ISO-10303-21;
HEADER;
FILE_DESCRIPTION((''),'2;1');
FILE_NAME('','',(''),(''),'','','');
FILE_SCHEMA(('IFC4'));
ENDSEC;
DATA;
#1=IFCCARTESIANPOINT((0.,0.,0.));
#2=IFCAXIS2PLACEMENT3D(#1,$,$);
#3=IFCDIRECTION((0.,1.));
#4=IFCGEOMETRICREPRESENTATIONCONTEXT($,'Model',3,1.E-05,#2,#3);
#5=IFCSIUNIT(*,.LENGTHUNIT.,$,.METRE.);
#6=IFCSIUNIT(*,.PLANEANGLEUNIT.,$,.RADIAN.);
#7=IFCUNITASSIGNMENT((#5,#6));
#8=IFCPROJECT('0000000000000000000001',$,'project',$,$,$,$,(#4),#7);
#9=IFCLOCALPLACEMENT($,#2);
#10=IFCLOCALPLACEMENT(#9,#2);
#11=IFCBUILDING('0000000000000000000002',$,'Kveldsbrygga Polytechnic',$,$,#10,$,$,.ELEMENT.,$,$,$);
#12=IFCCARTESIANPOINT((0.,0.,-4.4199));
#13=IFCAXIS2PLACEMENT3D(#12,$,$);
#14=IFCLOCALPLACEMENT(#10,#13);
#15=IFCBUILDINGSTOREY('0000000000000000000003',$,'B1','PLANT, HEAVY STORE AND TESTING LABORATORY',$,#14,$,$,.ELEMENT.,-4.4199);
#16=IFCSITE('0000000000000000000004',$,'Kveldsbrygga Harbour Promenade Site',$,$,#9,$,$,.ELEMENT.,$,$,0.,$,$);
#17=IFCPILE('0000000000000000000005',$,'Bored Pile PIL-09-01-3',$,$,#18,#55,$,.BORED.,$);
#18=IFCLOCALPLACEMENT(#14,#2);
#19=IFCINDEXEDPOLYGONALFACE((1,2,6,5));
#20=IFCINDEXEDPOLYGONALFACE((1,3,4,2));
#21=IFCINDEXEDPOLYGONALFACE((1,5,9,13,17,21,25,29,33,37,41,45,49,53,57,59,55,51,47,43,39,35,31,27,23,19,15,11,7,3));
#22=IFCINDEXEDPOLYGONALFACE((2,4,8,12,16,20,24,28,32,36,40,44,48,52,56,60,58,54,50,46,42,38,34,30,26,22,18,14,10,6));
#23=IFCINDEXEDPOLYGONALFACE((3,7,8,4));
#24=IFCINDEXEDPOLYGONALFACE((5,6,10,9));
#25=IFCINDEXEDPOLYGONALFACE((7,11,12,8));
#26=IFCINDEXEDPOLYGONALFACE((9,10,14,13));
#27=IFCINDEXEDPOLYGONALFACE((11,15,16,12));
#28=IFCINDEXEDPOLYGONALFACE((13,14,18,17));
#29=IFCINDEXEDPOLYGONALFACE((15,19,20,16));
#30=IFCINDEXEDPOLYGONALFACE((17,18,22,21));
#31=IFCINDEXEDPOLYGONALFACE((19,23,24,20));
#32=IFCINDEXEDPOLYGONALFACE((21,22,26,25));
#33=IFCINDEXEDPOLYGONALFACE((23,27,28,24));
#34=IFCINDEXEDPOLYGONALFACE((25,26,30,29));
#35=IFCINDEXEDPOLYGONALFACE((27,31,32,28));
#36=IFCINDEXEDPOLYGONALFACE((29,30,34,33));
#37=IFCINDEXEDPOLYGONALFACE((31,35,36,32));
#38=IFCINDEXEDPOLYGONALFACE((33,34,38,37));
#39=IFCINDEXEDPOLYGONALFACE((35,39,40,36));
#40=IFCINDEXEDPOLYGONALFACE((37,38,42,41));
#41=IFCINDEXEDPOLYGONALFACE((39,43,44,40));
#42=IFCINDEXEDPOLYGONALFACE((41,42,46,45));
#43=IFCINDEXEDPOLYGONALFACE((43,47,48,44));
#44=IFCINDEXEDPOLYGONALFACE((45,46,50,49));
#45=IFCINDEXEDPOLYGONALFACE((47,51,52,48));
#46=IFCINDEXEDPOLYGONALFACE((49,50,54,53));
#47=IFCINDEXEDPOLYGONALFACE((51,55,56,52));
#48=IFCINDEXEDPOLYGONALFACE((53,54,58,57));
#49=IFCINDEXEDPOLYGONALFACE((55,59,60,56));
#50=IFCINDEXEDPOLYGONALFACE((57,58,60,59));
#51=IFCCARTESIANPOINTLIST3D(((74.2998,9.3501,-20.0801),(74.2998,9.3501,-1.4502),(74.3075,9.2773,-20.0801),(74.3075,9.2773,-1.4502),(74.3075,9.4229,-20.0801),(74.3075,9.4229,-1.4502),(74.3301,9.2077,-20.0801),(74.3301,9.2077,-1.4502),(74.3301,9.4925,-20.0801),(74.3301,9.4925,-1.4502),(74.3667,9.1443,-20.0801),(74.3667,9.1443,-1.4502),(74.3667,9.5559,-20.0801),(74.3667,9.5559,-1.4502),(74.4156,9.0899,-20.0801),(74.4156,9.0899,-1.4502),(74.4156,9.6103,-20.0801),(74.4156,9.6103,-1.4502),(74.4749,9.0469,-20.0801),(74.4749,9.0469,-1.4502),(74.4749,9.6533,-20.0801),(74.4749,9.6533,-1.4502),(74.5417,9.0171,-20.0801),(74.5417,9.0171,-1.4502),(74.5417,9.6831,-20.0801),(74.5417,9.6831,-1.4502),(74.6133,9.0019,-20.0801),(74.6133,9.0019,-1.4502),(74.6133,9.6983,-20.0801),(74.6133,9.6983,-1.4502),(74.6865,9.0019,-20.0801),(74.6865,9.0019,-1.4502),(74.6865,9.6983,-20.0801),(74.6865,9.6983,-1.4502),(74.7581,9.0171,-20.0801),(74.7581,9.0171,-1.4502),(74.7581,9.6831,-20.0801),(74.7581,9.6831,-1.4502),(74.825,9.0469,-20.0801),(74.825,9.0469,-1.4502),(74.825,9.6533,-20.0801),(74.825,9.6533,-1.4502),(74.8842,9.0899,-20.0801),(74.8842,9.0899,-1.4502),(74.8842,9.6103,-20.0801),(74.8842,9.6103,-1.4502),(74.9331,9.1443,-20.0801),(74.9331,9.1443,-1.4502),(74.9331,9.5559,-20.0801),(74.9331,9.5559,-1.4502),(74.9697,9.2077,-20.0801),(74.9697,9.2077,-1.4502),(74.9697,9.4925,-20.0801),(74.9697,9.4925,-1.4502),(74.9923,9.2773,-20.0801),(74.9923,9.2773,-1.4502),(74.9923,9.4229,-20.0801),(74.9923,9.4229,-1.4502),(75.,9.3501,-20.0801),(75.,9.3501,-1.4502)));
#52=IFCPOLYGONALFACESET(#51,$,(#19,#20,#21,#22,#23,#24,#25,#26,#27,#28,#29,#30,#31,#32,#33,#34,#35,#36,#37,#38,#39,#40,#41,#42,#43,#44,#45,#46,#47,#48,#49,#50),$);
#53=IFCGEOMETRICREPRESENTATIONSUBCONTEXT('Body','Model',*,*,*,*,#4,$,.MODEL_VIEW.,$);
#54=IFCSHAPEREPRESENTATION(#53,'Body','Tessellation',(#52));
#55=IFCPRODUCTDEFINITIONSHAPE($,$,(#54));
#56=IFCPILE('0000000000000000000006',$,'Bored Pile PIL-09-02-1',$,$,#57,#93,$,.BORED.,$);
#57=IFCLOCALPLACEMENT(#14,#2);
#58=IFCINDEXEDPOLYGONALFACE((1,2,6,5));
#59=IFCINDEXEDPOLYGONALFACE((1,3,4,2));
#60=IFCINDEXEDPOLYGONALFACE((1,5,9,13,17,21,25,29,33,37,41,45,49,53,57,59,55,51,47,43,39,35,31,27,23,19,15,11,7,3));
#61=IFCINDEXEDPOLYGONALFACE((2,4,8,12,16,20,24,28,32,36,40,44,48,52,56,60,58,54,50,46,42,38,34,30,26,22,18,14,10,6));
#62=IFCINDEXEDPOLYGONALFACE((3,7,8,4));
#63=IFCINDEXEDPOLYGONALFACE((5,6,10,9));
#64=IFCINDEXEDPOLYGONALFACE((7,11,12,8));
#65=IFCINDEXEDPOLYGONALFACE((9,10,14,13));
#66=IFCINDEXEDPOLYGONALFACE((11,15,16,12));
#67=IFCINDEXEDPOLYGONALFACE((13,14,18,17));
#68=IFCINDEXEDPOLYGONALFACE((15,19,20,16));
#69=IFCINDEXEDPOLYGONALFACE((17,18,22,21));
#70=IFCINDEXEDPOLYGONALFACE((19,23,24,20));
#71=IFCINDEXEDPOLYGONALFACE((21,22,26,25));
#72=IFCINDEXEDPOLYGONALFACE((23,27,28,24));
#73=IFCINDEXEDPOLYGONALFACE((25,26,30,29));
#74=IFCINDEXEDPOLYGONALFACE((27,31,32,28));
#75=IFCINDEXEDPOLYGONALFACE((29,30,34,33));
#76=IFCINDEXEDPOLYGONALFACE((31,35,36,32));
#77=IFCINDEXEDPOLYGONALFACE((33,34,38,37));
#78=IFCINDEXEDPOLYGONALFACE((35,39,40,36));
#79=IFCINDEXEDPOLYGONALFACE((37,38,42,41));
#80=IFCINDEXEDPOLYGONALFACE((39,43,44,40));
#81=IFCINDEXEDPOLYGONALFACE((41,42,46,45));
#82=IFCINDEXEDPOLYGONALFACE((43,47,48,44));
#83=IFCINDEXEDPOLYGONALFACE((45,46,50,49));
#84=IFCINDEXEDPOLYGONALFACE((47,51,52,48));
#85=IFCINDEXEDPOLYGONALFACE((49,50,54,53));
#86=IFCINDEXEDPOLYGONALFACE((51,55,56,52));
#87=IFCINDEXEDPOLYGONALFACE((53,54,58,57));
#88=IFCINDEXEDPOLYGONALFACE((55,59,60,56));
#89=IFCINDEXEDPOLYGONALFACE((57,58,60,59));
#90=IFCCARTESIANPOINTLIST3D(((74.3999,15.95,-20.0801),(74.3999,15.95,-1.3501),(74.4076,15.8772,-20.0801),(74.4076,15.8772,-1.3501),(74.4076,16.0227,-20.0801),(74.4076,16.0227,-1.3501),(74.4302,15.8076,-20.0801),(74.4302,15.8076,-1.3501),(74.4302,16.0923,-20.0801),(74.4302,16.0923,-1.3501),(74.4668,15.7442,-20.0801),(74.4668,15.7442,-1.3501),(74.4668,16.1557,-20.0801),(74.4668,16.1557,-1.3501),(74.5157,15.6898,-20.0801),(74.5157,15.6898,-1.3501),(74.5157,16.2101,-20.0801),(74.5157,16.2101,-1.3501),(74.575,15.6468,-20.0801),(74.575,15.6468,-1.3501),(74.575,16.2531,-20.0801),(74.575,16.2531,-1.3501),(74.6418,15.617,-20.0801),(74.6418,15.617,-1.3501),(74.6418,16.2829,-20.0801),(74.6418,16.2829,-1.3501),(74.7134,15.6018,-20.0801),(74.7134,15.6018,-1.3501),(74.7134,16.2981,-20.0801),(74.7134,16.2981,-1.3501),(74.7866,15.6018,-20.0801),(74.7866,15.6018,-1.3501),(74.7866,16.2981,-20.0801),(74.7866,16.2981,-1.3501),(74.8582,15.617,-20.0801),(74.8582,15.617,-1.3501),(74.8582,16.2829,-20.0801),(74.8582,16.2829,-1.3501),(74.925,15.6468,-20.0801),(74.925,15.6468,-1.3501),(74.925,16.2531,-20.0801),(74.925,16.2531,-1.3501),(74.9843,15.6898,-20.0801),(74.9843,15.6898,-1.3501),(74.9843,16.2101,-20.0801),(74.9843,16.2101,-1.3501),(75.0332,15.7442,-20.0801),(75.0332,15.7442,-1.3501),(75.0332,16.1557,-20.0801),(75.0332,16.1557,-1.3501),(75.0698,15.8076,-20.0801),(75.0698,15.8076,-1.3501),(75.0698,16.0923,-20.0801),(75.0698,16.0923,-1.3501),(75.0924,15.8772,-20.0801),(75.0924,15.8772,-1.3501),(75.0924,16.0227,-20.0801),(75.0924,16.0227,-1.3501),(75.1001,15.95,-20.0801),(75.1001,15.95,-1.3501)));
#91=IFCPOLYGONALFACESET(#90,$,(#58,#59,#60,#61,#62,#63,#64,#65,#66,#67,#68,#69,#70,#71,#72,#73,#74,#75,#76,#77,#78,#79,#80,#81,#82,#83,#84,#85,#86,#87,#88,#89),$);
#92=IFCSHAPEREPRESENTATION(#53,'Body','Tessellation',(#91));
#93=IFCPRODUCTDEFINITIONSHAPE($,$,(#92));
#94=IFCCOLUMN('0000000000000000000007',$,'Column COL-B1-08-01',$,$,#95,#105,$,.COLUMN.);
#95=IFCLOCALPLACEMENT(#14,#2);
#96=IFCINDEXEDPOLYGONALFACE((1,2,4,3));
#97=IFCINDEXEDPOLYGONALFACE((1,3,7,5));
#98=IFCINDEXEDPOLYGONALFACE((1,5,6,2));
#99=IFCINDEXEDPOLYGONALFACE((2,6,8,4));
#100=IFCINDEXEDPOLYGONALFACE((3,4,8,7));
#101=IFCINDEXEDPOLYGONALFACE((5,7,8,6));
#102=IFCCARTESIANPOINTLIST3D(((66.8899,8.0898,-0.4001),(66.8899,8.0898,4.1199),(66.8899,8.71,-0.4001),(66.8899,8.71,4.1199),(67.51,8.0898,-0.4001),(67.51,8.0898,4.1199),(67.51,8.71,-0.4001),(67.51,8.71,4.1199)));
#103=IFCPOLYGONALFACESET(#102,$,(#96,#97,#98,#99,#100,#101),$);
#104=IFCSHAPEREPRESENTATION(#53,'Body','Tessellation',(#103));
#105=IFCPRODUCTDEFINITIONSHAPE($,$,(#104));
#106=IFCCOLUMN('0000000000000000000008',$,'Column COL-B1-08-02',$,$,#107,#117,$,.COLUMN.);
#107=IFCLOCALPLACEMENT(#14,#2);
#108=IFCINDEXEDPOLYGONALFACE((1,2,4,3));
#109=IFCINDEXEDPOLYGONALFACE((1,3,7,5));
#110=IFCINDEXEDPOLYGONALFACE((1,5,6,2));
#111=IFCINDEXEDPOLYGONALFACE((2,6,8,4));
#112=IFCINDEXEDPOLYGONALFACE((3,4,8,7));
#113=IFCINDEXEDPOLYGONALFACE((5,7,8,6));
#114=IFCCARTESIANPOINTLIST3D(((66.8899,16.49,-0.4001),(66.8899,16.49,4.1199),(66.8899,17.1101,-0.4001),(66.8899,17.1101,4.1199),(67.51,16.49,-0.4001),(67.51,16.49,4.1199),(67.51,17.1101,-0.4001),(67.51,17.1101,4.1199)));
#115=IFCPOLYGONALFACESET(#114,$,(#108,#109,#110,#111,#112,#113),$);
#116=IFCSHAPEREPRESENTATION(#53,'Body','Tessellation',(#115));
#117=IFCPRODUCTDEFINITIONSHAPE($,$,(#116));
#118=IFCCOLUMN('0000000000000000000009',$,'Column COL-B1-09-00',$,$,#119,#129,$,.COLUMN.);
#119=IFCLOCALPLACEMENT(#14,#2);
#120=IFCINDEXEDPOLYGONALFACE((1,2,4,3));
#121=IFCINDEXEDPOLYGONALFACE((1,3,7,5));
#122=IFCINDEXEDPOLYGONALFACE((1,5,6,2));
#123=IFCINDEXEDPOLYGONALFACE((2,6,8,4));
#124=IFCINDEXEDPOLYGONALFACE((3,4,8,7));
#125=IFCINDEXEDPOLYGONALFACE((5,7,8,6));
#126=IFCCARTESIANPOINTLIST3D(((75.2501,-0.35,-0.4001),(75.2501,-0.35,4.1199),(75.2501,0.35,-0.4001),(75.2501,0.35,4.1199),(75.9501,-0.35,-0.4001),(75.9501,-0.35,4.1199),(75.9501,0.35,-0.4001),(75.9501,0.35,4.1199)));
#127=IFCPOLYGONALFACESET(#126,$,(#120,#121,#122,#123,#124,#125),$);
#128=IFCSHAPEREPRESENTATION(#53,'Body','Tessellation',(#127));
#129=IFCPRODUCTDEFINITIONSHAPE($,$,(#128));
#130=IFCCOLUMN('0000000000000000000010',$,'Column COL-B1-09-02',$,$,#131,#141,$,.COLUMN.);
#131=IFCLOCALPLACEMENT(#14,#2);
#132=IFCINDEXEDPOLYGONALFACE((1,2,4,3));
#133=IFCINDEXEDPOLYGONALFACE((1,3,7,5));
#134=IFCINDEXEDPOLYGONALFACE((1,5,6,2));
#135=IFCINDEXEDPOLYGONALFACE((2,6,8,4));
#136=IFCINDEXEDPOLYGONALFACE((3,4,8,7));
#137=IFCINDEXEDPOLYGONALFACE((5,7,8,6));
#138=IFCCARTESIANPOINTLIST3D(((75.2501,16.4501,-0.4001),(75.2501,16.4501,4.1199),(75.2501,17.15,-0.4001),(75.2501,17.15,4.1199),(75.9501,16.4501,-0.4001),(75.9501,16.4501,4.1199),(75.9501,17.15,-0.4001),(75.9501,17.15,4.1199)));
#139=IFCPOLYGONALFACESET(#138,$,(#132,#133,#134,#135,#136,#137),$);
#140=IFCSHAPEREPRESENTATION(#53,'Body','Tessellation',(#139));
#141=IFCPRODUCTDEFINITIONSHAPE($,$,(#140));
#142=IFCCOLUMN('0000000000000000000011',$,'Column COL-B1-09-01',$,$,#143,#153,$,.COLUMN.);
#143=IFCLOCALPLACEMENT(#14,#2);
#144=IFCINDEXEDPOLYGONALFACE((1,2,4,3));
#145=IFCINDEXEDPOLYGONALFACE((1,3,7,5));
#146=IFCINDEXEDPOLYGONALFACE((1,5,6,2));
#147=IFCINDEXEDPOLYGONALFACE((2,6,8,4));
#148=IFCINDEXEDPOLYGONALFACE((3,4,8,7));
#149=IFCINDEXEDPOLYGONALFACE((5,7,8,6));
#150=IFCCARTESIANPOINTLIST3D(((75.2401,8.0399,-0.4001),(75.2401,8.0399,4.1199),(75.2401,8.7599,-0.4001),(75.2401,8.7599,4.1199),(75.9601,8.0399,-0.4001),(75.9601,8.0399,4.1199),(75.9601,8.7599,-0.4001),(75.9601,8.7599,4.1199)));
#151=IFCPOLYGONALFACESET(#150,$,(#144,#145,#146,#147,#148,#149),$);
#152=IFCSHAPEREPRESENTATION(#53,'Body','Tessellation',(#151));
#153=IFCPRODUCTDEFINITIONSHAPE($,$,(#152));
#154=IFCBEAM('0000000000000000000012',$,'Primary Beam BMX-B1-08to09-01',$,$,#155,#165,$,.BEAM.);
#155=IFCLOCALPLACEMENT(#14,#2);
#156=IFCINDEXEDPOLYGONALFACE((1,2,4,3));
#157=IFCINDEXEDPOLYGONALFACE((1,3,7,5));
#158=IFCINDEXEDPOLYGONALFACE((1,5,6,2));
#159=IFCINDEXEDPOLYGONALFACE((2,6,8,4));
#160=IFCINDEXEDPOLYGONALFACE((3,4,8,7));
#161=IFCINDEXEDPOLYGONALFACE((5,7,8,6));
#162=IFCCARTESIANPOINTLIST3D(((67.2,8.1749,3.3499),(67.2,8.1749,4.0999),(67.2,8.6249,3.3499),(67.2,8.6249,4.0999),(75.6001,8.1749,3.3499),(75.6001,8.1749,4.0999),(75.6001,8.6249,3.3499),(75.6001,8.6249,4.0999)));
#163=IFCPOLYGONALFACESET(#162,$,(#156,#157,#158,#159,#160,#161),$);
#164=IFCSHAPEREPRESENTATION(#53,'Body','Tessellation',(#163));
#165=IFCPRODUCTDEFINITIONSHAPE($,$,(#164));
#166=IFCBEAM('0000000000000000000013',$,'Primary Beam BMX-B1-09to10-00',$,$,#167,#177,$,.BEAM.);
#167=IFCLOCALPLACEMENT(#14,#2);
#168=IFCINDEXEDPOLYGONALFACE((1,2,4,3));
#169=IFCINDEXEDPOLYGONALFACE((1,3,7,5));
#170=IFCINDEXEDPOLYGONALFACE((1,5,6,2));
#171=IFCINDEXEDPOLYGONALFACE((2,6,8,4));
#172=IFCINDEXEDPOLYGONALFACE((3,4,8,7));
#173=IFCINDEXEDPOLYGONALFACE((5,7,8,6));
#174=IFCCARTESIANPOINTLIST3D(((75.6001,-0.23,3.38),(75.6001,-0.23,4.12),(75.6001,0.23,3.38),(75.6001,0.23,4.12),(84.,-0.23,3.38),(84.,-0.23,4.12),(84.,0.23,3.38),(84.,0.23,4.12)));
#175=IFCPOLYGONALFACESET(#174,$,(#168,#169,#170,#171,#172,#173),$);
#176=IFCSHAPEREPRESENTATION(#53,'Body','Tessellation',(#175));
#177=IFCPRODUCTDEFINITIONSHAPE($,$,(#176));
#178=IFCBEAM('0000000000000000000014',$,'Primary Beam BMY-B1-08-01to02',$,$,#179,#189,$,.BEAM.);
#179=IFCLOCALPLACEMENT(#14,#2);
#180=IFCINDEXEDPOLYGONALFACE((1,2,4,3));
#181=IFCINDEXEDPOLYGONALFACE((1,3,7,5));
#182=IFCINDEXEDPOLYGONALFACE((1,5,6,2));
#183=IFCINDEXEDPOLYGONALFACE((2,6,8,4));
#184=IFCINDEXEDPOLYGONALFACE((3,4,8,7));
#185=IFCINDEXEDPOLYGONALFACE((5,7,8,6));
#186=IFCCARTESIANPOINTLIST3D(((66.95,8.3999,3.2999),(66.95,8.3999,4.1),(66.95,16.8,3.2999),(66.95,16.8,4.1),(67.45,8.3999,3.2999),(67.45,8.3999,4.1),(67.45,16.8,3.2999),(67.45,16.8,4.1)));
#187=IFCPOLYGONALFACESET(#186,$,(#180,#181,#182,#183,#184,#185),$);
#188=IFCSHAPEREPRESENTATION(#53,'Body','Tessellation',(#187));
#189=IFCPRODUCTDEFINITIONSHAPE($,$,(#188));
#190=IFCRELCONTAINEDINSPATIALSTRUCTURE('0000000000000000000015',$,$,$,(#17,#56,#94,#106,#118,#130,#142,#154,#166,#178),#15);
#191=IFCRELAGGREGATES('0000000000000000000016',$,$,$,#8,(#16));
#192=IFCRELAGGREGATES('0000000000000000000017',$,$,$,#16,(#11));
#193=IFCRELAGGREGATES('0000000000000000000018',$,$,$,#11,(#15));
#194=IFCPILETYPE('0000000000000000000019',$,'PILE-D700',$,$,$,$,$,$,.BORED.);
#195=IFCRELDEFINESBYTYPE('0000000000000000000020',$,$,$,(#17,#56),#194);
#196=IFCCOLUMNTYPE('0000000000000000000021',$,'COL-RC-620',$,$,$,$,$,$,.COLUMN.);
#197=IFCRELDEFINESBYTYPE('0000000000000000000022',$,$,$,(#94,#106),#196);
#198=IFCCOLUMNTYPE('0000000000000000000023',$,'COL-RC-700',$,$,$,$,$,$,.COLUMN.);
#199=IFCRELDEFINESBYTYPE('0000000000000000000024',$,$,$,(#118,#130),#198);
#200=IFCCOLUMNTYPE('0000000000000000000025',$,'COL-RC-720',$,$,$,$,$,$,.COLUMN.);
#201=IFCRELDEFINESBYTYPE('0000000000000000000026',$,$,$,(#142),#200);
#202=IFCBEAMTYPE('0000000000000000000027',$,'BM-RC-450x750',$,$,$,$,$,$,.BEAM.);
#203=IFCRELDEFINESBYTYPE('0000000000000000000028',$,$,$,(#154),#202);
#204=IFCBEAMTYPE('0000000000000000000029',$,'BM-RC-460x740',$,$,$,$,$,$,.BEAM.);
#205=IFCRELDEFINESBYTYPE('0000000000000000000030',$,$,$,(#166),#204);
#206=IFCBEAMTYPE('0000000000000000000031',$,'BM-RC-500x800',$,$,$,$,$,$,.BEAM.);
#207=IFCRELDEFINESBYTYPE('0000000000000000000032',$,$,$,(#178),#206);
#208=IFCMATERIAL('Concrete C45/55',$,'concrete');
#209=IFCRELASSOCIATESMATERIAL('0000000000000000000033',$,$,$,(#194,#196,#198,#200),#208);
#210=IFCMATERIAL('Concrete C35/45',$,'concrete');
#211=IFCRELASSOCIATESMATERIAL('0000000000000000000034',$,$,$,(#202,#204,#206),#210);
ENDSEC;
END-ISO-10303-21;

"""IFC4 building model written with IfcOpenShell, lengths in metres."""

from ifc_helpers import new_model, si_unit, direction, frame, origin, origin_2d, place, context, subcontext, project, spatial, rectangle, circle, extrude, material, material_profile, profile_set, type_object, element, save


model = new_model("IFC4")

# Units and contexts
model_context = context("Model", 3, precision=1e-05, world=origin(), true_north=direction((0.0, 1.0)))
body_context = subcontext(model_context, "Body", "Model", "MODEL_VIEW")
ifc_project = project(units=[si_unit("LENGTHUNIT", "METRE"), si_unit("PLANEANGLEUNIT", "RADIAN")], contexts=[model_context])

# Site, building, storey
site_placement = place(None, origin())
site = spatial("IfcSite", under=ifc_project, at=site_placement, Name="Kveldsbrygga Harbour Promenade Site", CompositionType="ELEMENT", RefElevation=0.0)
building_placement = place(site_placement, origin())
building = spatial("IfcBuilding", under=site, at=building_placement, Name="Kveldsbrygga Polytechnic", CompositionType="ELEMENT")
storey_placement = place(building_placement, frame((0.0, 0.0, -4.4199)))
storey = spatial("IfcBuildingStorey", under=building, at=storey_placement, Name="B1", Description="PLANT, HEAVY STORE AND TESTING LABORATORY", CompositionType="ELEMENT", Elevation=-4.4199)

# Shared definitions
ifc_material_1 = material(Name="Concrete C45/55", Category="concrete")

# Piles
ifc_material_profile_1 = material_profile(ifc_material_1, circle(Radius=0.3501, at=origin_2d()), Name="PILE D700")
ifc_profile_set_1 = profile_set([ifc_material_profile_1], Name="Concrete C45/55")
pile_type_1 = type_object("IfcPileType", Name="PILE-D700", PredefinedType="BORED", material=ifc_profile_set_1)
for number, where, z_axis, x_axis, name in (
    (1, (74.6499, 9.3501, -1.4502), (0.0, 0.0, -1.0), (1.0, 0.0, 0.0), "Bored Pile PIL-09-01-3"),
):
    element("IfcPile", number, at=place(storey_placement, frame(where, z_axis=z_axis, x_axis=x_axis)), inside=storey, type_object=pile_type_1, Name=name, PredefinedType="BORED", context=body_context, shape_type="SweptSolid", body=[
        extrude(circle(Radius=0.3501, at=origin_2d()), origin(), (0.0, 0.0, 1.0), 18.6299),
    ])
pile_placement = place(storey_placement, frame((74.75, 15.95, -1.3501), z_axis=(0.0, 0.0, -1.0), x_axis=(1.0, 0.0, 0.0)))
element("IfcPile", 2, at=pile_placement, inside=storey, type_object=pile_type_1, Name="Bored Pile PIL-09-02-1", PredefinedType="BORED", context=body_context, shape_type="SweptSolid", body=[
    extrude(circle(Radius=0.3501, at=origin_2d()), origin(), (0.0, 0.0, 1.0), 18.73),
])

# Columns
ifc_material_profile_2 = material_profile(ifc_material_1, rectangle(XDim=0.6201, YDim=0.6201, at=origin_2d()), Name="RC 620x620")
ifc_profile_set_2 = profile_set([ifc_material_profile_2], Name="Concrete C45/55")
column_type_1 = type_object("IfcColumnType", Name="COL-RC-620", PredefinedType="COLUMN", material=ifc_profile_set_2)
for number, where, z_axis, x_axis, name in (
    (3, (67.2, 8.3999, -0.4001), (0.0, 0.0, 1.0), (1.0, 0.0, 0.0), "Column COL-B1-08-01"),
    (4, (67.2, 16.8, -0.4001), (0.0, 0.0, 1.0), (1.0, 0.0, 0.0), "Column COL-B1-08-02"),
):
    element("IfcColumn", number, at=place(storey_placement, frame(where, z_axis=z_axis, x_axis=x_axis)), inside=storey, type_object=column_type_1, Name=name, PredefinedType="COLUMN", context=body_context, shape_type="SweptSolid", body=[
        extrude(rectangle(XDim=0.6201, YDim=0.6201, at=origin_2d()), origin(), (0.0, 0.0, 1.0), 4.52),
    ])
ifc_material_profile_3 = material_profile(ifc_material_1, rectangle(XDim=0.7, YDim=0.7, at=origin_2d()), Name="RC 700x700")
ifc_profile_set_3 = profile_set([ifc_material_profile_3], Name="Concrete C45/55")
column_type_2 = type_object("IfcColumnType", Name="COL-RC-700", PredefinedType="COLUMN", material=ifc_profile_set_3)
for number, where, z_axis, x_axis, name in (
    (5, (75.6001, 0.0, -0.4001), (0.0, 0.0, 1.0), (1.0, 0.0, 0.0), "Column COL-B1-09-00"),
    (6, (75.6001, 16.8, -0.4001), (0.0, 0.0, 1.0), (1.0, 0.0, 0.0), "Column COL-B1-09-02"),
):
    element("IfcColumn", number, at=place(storey_placement, frame(where, z_axis=z_axis, x_axis=x_axis)), inside=storey, type_object=column_type_2, Name=name, PredefinedType="COLUMN", context=body_context, shape_type="SweptSolid", body=[
        extrude(rectangle(XDim=0.7, YDim=0.7, at=origin_2d()), origin(), (0.0, 0.0, 1.0), 4.52),
    ])
ifc_material_profile_4 = material_profile(ifc_material_1, rectangle(XDim=0.72, YDim=0.72, at=origin_2d()), Name="RC 720x720")
ifc_profile_set_4 = profile_set([ifc_material_profile_4], Name="Concrete C45/55")
column_type_3 = type_object("IfcColumnType", Name="COL-RC-720", PredefinedType="COLUMN", material=ifc_profile_set_4)
column_placement = place(storey_placement, frame((75.6001, 8.3999, -0.4001), z_axis=(0.0, 0.0, 1.0), x_axis=(1.0, 0.0, 0.0)))
element("IfcColumn", 7, at=column_placement, inside=storey, type_object=column_type_3, Name="Column COL-B1-09-01", PredefinedType="COLUMN", context=body_context, shape_type="SweptSolid", body=[
    extrude(rectangle(XDim=0.72, YDim=0.72, at=origin_2d()), origin(), (0.0, 0.0, 1.0), 4.52),
])

# Beams
ifc_material_2 = material(Name="Concrete C35/45", Category="concrete")
ifc_material_profile_5 = material_profile(ifc_material_2, rectangle(XDim=0.45, YDim=0.75, at=origin_2d()), Name="RC 450x750")
ifc_profile_set_5 = profile_set([ifc_material_profile_5], Name="Concrete C35/45")
beam_type_1 = type_object("IfcBeamType", Name="BM-RC-450x750", PredefinedType="BEAM", material=ifc_profile_set_5)
beam_1_placement = place(storey_placement, frame((67.2, 8.3999, 3.7249), z_axis=(1.0, 0.0, 0.0), x_axis=(0.0, 1.0, 0.0)))
element("IfcBeam", 8, at=beam_1_placement, inside=storey, type_object=beam_type_1, Name="Primary Beam BMX-B1-08to09-01", PredefinedType="BEAM", context=body_context, shape_type="SweptSolid", body=[
    extrude(rectangle(XDim=0.45, YDim=0.75, at=origin_2d()), origin(), (0.0, 0.0, 1.0), 8.4001),
])
ifc_material_profile_6 = material_profile(ifc_material_2, rectangle(XDim=0.46, YDim=0.74, at=origin_2d()), Name="RC 460x740")
ifc_profile_set_6 = profile_set([ifc_material_profile_6], Name="Concrete C35/45")
beam_type_2 = type_object("IfcBeamType", Name="BM-RC-460x740", PredefinedType="BEAM", material=ifc_profile_set_6)
beam_2_placement = place(storey_placement, frame((75.6001, 0.0, 3.75), z_axis=(1.0, 0.0, 0.0), x_axis=(0.0, 1.0, 0.0)))
element("IfcBeam", 9, at=beam_2_placement, inside=storey, type_object=beam_type_2, Name="Primary Beam BMX-B1-09to10-00", PredefinedType="BEAM", context=body_context, shape_type="SweptSolid", body=[
    extrude(rectangle(XDim=0.46, YDim=0.74, at=origin_2d()), origin(), (0.0, 0.0, 1.0), 8.3999),
])
ifc_material_profile_7 = material_profile(ifc_material_2, rectangle(XDim=0.5, YDim=0.8, at=origin_2d()), Name="RC 500x800")
ifc_profile_set_7 = profile_set([ifc_material_profile_7], Name="Concrete C35/45")
beam_type_3 = type_object("IfcBeamType", Name="BM-RC-500x800", PredefinedType="BEAM", material=ifc_profile_set_7)
beam_3_placement = place(storey_placement, frame((67.2, 8.3999, 3.7), z_axis=(0.0, 1.0, 0.0), x_axis=(-1.0, 0.0, 0.0)))
element("IfcBeam", 10, at=beam_3_placement, inside=storey, type_object=beam_type_3, Name="Primary Beam BMY-B1-08-01to02", PredefinedType="BEAM", context=body_context, shape_type="SweptSolid", body=[
    extrude(rectangle(XDim=0.5, YDim=0.8, at=origin_2d()), origin(), (0.0, 0.0, 1.0), 8.4001),
])

save(model, "model.ifc")
